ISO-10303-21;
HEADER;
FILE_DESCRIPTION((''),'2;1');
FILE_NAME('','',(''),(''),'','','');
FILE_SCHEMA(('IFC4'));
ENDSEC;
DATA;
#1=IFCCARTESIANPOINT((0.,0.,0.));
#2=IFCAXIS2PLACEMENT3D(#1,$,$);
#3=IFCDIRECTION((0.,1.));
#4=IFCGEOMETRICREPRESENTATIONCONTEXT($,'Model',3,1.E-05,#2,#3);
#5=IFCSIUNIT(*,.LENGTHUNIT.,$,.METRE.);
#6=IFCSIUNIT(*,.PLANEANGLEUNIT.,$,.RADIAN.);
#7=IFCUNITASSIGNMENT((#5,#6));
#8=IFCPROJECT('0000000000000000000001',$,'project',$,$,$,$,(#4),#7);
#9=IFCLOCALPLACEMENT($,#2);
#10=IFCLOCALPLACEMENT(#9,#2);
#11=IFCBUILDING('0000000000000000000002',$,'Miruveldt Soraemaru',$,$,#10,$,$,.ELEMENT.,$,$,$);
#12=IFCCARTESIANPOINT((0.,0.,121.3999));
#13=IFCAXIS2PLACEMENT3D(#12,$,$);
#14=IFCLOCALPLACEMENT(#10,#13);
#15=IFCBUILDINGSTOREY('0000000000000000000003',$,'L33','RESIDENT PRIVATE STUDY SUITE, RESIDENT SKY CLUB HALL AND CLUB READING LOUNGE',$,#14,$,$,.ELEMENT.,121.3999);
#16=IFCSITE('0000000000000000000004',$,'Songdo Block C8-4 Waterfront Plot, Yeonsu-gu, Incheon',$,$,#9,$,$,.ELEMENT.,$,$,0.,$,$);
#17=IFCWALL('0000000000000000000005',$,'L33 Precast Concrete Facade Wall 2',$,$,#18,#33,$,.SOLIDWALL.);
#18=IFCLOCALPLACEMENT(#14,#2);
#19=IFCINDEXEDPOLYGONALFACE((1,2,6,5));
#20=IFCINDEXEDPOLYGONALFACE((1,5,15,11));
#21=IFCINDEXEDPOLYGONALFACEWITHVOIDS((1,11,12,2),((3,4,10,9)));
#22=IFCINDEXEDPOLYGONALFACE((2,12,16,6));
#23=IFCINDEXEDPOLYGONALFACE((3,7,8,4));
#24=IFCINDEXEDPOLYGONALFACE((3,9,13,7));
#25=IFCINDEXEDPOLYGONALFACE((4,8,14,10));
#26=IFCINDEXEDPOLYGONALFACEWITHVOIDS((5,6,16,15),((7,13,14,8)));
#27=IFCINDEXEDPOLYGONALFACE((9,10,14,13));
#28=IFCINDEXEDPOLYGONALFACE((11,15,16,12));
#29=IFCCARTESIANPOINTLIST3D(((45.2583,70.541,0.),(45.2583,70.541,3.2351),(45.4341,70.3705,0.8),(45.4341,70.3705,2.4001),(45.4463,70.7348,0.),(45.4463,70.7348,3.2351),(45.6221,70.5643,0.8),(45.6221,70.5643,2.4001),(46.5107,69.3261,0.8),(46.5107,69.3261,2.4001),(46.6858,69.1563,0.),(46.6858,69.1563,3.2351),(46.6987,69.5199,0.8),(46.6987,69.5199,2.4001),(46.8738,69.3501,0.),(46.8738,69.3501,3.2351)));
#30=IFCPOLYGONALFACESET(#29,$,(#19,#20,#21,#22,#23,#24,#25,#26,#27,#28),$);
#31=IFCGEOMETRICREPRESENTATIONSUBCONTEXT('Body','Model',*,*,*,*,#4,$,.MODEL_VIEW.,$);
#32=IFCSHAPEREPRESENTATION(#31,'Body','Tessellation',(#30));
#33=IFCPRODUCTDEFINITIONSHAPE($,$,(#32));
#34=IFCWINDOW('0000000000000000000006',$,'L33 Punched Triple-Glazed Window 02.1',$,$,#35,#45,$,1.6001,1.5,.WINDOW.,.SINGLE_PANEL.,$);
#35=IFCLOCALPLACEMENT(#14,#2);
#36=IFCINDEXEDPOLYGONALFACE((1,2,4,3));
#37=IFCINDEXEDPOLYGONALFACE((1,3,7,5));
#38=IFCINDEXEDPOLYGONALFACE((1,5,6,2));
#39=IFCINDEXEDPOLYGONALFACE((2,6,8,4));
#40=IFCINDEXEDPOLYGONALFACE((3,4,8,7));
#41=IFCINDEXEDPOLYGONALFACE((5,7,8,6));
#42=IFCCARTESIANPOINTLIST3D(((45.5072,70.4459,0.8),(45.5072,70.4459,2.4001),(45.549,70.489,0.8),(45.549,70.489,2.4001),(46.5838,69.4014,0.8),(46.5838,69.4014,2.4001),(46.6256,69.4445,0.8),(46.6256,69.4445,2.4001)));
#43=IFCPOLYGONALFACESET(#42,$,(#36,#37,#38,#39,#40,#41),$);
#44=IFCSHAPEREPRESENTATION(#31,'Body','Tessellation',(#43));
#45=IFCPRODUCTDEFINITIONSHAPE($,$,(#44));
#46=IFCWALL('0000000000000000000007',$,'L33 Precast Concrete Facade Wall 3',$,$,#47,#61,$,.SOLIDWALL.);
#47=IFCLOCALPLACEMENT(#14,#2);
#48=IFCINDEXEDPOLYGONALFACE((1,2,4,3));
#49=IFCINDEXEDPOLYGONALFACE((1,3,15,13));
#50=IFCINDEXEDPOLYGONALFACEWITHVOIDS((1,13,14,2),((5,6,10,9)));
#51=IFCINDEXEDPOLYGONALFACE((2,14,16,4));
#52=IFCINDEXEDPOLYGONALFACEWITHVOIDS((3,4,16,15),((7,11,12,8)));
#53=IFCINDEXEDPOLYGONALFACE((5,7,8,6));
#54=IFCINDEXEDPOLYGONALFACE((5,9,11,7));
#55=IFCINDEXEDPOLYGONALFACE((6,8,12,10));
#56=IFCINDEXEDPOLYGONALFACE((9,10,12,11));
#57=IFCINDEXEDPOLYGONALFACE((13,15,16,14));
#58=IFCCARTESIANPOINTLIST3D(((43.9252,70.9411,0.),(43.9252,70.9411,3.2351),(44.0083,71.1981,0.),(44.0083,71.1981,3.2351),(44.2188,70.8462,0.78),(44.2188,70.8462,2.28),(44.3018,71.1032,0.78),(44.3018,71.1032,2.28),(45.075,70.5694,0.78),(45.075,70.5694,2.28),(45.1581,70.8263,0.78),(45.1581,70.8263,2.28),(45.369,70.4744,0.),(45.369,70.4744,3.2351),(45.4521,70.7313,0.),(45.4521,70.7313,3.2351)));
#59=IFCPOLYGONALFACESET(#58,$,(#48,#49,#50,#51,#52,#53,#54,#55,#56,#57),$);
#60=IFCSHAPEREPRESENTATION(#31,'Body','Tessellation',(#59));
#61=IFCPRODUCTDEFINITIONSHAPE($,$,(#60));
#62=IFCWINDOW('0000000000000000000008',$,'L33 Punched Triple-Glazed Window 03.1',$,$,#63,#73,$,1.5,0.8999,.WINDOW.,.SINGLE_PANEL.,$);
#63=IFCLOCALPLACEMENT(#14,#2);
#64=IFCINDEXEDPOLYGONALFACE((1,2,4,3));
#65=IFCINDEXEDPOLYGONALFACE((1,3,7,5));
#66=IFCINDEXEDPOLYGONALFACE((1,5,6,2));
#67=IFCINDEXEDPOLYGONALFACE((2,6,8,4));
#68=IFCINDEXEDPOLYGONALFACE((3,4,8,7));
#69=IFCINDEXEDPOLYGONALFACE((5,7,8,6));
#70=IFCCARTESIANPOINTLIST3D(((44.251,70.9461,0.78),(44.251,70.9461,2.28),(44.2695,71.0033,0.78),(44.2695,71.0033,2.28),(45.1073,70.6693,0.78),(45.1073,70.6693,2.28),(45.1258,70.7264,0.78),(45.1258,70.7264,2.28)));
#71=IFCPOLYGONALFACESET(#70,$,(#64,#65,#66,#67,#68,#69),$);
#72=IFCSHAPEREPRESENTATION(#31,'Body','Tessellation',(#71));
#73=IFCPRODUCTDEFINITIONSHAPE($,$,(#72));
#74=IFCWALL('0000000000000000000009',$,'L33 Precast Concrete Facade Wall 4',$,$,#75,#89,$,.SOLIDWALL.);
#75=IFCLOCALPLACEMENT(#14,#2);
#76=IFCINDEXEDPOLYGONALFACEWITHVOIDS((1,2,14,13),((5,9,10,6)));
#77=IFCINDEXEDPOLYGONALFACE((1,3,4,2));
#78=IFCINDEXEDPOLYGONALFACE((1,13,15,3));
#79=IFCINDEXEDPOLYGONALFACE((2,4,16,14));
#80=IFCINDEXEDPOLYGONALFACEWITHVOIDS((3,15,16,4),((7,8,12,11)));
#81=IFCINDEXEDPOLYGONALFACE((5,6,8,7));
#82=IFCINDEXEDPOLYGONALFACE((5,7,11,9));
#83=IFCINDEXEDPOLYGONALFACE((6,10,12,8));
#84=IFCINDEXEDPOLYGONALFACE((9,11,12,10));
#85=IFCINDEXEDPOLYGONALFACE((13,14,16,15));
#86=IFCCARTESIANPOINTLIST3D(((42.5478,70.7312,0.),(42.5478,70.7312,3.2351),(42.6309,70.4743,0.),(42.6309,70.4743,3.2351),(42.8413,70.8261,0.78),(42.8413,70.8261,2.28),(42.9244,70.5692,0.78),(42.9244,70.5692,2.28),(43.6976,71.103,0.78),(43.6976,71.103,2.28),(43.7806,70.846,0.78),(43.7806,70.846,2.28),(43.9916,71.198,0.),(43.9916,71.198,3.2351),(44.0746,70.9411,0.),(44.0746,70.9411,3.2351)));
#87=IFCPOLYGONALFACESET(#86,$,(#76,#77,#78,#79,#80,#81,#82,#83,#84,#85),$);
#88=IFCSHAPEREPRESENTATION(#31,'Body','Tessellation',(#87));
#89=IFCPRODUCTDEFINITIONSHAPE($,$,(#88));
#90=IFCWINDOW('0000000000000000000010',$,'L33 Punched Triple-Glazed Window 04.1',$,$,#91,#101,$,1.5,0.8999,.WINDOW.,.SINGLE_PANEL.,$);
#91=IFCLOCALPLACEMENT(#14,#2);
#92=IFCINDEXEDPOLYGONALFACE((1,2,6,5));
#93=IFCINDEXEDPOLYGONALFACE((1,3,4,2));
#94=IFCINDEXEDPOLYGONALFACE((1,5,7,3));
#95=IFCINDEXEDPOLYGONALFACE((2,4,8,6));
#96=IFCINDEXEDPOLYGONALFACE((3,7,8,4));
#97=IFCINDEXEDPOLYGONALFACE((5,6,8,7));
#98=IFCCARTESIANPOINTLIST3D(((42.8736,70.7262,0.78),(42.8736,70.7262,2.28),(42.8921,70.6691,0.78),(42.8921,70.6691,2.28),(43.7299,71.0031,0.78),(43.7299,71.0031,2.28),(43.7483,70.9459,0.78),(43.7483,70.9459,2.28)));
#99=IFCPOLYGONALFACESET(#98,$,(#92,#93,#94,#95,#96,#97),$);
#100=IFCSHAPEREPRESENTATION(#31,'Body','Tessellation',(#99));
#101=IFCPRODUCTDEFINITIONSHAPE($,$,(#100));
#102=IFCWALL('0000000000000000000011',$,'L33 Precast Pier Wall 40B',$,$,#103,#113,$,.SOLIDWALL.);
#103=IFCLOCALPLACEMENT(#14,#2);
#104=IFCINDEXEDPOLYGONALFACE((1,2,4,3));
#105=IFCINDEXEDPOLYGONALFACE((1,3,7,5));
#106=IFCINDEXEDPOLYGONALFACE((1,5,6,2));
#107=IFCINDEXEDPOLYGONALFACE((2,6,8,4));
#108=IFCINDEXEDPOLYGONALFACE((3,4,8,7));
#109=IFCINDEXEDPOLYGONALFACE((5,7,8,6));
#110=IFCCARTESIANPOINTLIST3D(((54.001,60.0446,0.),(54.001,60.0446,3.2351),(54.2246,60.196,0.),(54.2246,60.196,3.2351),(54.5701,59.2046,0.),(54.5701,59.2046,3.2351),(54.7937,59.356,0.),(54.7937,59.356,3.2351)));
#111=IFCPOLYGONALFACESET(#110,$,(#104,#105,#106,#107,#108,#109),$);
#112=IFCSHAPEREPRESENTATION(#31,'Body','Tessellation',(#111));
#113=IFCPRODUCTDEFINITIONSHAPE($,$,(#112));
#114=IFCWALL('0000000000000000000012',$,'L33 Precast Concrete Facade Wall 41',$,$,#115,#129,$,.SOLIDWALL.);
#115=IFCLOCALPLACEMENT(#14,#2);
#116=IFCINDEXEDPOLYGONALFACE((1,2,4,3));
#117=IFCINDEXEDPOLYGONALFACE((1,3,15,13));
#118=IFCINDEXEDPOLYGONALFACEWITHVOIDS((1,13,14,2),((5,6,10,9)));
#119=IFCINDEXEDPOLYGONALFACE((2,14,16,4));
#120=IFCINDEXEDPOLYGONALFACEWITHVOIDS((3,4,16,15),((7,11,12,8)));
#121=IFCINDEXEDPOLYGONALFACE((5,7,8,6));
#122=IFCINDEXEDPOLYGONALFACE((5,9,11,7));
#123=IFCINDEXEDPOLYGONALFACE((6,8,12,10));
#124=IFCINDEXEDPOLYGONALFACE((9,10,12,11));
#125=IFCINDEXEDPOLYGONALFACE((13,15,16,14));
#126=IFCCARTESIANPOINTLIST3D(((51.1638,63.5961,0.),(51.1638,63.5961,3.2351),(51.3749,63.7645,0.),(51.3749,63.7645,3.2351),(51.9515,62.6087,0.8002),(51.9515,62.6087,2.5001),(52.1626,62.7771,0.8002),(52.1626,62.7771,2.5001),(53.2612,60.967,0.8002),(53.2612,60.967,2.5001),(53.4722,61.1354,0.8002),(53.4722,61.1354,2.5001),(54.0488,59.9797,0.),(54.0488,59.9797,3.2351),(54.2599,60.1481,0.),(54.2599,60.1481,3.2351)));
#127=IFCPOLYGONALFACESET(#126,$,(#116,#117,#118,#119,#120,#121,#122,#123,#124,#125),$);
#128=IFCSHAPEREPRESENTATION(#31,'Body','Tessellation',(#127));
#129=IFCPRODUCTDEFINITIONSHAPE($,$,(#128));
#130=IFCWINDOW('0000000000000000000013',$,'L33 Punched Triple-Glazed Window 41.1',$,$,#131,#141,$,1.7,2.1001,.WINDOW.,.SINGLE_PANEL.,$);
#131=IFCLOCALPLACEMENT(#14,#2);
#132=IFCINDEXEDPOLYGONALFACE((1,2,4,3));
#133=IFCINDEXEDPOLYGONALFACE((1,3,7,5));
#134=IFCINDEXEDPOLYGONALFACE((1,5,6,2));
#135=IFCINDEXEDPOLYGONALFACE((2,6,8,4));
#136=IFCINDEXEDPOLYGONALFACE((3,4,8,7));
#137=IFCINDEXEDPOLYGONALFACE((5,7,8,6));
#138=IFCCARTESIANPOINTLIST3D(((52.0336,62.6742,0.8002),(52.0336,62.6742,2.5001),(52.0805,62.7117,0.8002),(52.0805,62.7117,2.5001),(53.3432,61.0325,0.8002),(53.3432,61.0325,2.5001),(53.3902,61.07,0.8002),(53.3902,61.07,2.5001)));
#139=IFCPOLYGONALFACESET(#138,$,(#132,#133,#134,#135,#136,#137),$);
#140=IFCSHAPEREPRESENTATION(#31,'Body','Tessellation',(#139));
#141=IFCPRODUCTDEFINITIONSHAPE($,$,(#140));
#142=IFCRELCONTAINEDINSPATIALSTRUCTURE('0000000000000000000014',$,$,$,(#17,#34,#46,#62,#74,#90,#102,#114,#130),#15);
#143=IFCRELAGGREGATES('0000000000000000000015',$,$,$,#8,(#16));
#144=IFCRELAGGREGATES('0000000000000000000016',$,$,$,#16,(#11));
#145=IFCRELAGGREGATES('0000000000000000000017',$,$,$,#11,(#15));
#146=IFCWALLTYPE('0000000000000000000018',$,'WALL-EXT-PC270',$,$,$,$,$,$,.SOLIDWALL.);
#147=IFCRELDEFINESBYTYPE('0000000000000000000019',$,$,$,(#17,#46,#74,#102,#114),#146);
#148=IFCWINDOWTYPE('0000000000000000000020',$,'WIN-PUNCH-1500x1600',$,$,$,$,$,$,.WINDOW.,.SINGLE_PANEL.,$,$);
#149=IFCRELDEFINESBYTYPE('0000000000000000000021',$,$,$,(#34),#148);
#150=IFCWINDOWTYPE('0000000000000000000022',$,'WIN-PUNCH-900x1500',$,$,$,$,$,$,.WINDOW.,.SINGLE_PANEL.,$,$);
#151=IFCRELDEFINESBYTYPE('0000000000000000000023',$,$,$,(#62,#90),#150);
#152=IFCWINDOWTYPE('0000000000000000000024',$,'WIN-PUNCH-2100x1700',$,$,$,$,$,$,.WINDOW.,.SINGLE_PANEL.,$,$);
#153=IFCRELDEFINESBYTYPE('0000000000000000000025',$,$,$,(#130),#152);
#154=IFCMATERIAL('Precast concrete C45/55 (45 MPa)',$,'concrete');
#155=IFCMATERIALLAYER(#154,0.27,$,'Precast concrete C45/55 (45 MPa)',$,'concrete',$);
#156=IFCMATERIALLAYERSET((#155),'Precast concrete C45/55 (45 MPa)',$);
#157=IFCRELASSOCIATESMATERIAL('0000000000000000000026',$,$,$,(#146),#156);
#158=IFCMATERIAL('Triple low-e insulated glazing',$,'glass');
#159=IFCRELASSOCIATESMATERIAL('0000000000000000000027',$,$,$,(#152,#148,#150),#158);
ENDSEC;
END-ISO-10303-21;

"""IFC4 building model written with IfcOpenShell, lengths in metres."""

from ifc_helpers import new_model, si_unit, direction, frame, frame_2d, origin, place, context, subcontext, project, spatial, rectangle, extrude, material, layer, layer_set, type_object, element, fill, save


model = new_model("IFC4")

# Units and contexts
model_context = context("Model", 3, precision=1e-05, world=origin(), true_north=direction((0.0, 1.0)))
body_context = subcontext(model_context, "Body", "Model", "MODEL_VIEW")
ifc_project = project(units=[si_unit("LENGTHUNIT", "METRE"), si_unit("PLANEANGLEUNIT", "RADIAN")], contexts=[model_context])

# Site, building, storey
site_placement = place(None, origin())
site = spatial("IfcSite", under=ifc_project, at=site_placement, Name="Songdo Block C8-4 Waterfront Plot, Yeonsu-gu, Incheon", CompositionType="ELEMENT", RefElevation=0.0)
building_placement = place(site_placement, origin())
building = spatial("IfcBuilding", under=site, at=building_placement, Name="Miruveldt Soraemaru", CompositionType="ELEMENT")
storey_placement = place(building_placement, frame((0.0, 0.0, 121.3999)))
storey = spatial("IfcBuildingStorey", under=building, at=storey_placement, Name="L33", Description="RESIDENT PRIVATE STUDY SUITE, RESIDENT SKY CLUB HALL AND CLUB READING LOUNGE", CompositionType="ELEMENT", Elevation=121.3999)

# Walls, openings, windows
ifc_material_1 = material(Name="Precast concrete C45/55 (45 MPa)", Category="concrete")
ifc_layer_1 = layer(ifc_material_1, 0.27, Name="Precast concrete C45/55 (45 MPa)", Category="concrete")
ifc_layer_set_1 = layer_set([ifc_layer_1], Name="Precast concrete C45/55 (45 MPa)")
wall_type_1 = type_object("IfcWallType", Name="WALL-EXT-PC270", PredefinedType="SOLIDWALL", material=ifc_layer_set_1)
ifc_material_2 = material(Name="Triple low-e insulated glazing", Category="glass")
window_type_1 = type_object("IfcWindowType", Name="WIN-PUNCH-2100x1700", PartitioningType="SINGLE_PANEL", PredefinedType="WINDOW", material=ifc_material_2)
wall_1_placement = place(storey_placement, frame((46.7798, 69.2532, 0.0), z_axis=(0.0, 0.0, 1.0), x_axis=(-0.717767, 0.696284, 0.0)))
wall_1 = element("IfcWall", 1, at=wall_1_placement, inside=storey, type_object=wall_type_1, Name="L33 Precast Concrete Facade Wall 2", PredefinedType="SOLIDWALL", context=body_context, shape_type="SweptSolid", body=[
    extrude(rectangle(XDim=1.9888, YDim=0.27, at=frame_2d((0.9944, 0.0))), origin(), (0.0, 0.0, 1.0), 3.2351),
])
opening_1_placement = place(wall_1_placement, frame((0.2439, 0.0, 0.8)))
opening_1 = element("IfcOpeningElement", 2, at=opening_1_placement, cuts=wall_1, PredefinedType="OPENING", context=body_context, shape_type="SweptSolid", body=[
    extrude(rectangle(XDim=1.5, YDim=1.6001, at=frame_2d((0.75, 0.8))), frame((0.0, 0.145, 0.0), z_axis=(0.0, -1.0, 0.0), x_axis=(1.0, 0.0, 0.0)), (0.0, 0.0, 1.0), 0.29),
])
window_type_2 = type_object("IfcWindowType", Name="WIN-PUNCH-1500x1600", PartitioningType="SINGLE_PANEL", PredefinedType="WINDOW", material=ifc_material_2)
window_1_placement = place(opening_1_placement, origin())
window_1 = element("IfcWindow", 3, at=window_1_placement, inside=storey, type_object=window_type_2, Name="L33 Punched Triple-Glazed Window 02.1", OverallHeight=1.6001, OverallWidth=1.5, PartitioningType="SINGLE_PANEL", PredefinedType="WINDOW", context=body_context, shape_type="SweptSolid", body=[
    extrude(rectangle(XDim=1.5, YDim=1.6001, at=frame_2d((0.75, 0.8))), frame((0.0, 0.03, 0.0), z_axis=(0.0, -1.0, 0.0), x_axis=(1.0, 0.0, 0.0)), (0.0, 0.0, 1.0), 0.0601),
])
fill(opening_1, window_1)
wall_2_placement = place(storey_placement, frame((45.4106, 70.6028, 0.0), z_axis=(0.0, 0.0, 1.0), x_axis=(-0.951508, 0.307623, 0.0)))
wall_2 = element("IfcWall", 4, at=wall_2_placement, inside=storey, type_object=wall_type_1, Name="L33 Precast Concrete Facade Wall 3", PredefinedType="SOLIDWALL", context=body_context, shape_type="SweptSolid", body=[
    extrude(rectangle(XDim=1.5173, YDim=0.27, at=frame_2d((0.7588, 0.0))), origin(), (0.0, 0.0, 1.0), 3.2351),
])
opening_2_placement = place(wall_2_placement, frame((0.3091, 0.0, 0.78)))
opening_2 = element("IfcOpeningElement", 5, at=opening_2_placement, cuts=wall_2, PredefinedType="OPENING", context=body_context, shape_type="SweptSolid", body=[
    extrude(rectangle(XDim=0.8999, YDim=1.5, at=frame_2d((0.45, 0.75))), frame((0.0, 0.145, 0.0), z_axis=(0.0, -1.0, 0.0), x_axis=(1.0, 0.0, 0.0)), (0.0, 0.0, 1.0), 0.29),
])
window_type_3 = type_object("IfcWindowType", Name="WIN-PUNCH-900x1500", PartitioningType="SINGLE_PANEL", PredefinedType="WINDOW", material=ifc_material_2)
window_2_placement = place(opening_2_placement, origin())
window_2 = element("IfcWindow", 6, at=window_2_placement, inside=storey, type_object=window_type_3, Name="L33 Punched Triple-Glazed Window 03.1", OverallHeight=1.5, OverallWidth=0.8999, PartitioningType="SINGLE_PANEL", PredefinedType="WINDOW", context=body_context, shape_type="SweptSolid", body=[
    extrude(rectangle(XDim=0.8999, YDim=1.5, at=frame_2d((0.45, 0.75))), frame((0.0, 0.03, 0.0), z_axis=(0.0, -1.0, 0.0), x_axis=(1.0, 0.0, 0.0)), (0.0, 0.0, 1.0), 0.0601),
])
fill(opening_2, window_2)
wall_3_placement = place(storey_placement, frame((44.0332, 71.0696, 0.0), z_axis=(0.0, 0.0, 1.0), x_axis=(-0.951508, -0.307623, 0.0)))
wall_3 = element("IfcWall", 7, at=wall_3_placement, inside=storey, type_object=wall_type_1, Name="L33 Precast Concrete Facade Wall 4", PredefinedType="SOLIDWALL", context=body_context, shape_type="SweptSolid", body=[
    extrude(rectangle(XDim=1.5173, YDim=0.27, at=frame_2d((0.7588, 0.0))), origin(), (0.0, 0.0, 1.0), 3.2351),
])
opening_3_placement = place(wall_3_placement, frame((0.3091, 0.0, 0.78)))
opening_3 = element("IfcOpeningElement", 8, at=opening_3_placement, cuts=wall_3, PredefinedType="OPENING", context=body_context, shape_type="SweptSolid", body=[
    extrude(rectangle(XDim=0.8999, YDim=1.5, at=frame_2d((0.45, 0.75))), frame((0.0, 0.145, 0.0), z_axis=(0.0, -1.0, 0.0), x_axis=(1.0, 0.0, 0.0)), (0.0, 0.0, 1.0), 0.29),
])
window_3_placement = place(opening_3_placement, origin())
window_3 = element("IfcWindow", 9, at=window_3_placement, inside=storey, type_object=window_type_3, Name="L33 Punched Triple-Glazed Window 04.1", OverallHeight=1.5, OverallWidth=0.8999, PartitioningType="SINGLE_PANEL", PredefinedType="WINDOW", context=body_context, shape_type="SweptSolid", body=[
    extrude(rectangle(XDim=0.8999, YDim=1.5, at=frame_2d((0.45, 0.75))), frame((0.0, 0.03, 0.0), z_axis=(0.0, -1.0, 0.0), x_axis=(1.0, 0.0, 0.0)), (0.0, 0.0, 1.0), 0.0601),
])
fill(opening_3, window_3)

# Wall
wall_4_placement = place(storey_placement, frame((54.6819, 59.2803, 0.0), z_axis=(0.0, 0.0, 1.0), x_axis=(-0.560848, 0.827919, 0.0)))
element("IfcWall", 10, at=wall_4_placement, inside=storey, type_object=wall_type_1, Name="L33 Precast Pier Wall 40B", PredefinedType="SOLIDWALL", context=body_context, shape_type="SweptSolid", body=[
    extrude(rectangle(XDim=1.0146, YDim=0.27, at=frame_2d((0.5073, 0.0))), origin(), (0.0, 0.0, 1.0), 3.2351),
])

# Wall, opening, window
wall_5_placement = place(storey_placement, frame((54.1543, 60.064, 0.0), z_axis=(0.0, 0.0, 1.0), x_axis=(-0.62362, 0.781728, 0.0)))
wall_5 = element("IfcWall", 11, at=wall_5_placement, inside=storey, type_object=wall_type_1, Name="L33 Precast Concrete Facade Wall 41", PredefinedType="SOLIDWALL", context=body_context, shape_type="SweptSolid", body=[
    extrude(rectangle(XDim=4.6262, YDim=0.27, at=frame_2d((2.313, 0.0))), origin(), (0.0, 0.0, 1.0), 3.2351),
])
opening_4_placement = place(wall_5_placement, frame((1.2629, 0.0, 0.8)))
opening_4 = element("IfcOpeningElement", 12, at=opening_4_placement, cuts=wall_5, PredefinedType="OPENING", context=body_context, shape_type="SweptSolid", body=[
    extrude(rectangle(XDim=2.1001, YDim=1.7, at=frame_2d((1.05, 0.8501))), frame((0.0, 0.145, 0.0), z_axis=(0.0, -1.0, 0.0), x_axis=(1.0, 0.0, 0.0)), (0.0, 0.0, 1.0), 0.29),
])
window_4_placement = place(opening_4_placement, origin())
window_4 = element("IfcWindow", 13, at=window_4_placement, inside=storey, type_object=window_type_1, Name="L33 Punched Triple-Glazed Window 41.1", OverallHeight=1.7, OverallWidth=2.1001, PartitioningType="SINGLE_PANEL", PredefinedType="WINDOW", context=body_context, shape_type="SweptSolid", body=[
    extrude(rectangle(XDim=2.1001, YDim=1.7, at=frame_2d((1.05, 0.8501))), frame((0.0, 0.03, 0.0), z_axis=(0.0, -1.0, 0.0), x_axis=(1.0, 0.0, 0.0)), (0.0, 0.0, 1.0), 0.0601),
])
fill(opening_4, window_4)

save(model, "model.ifc")
